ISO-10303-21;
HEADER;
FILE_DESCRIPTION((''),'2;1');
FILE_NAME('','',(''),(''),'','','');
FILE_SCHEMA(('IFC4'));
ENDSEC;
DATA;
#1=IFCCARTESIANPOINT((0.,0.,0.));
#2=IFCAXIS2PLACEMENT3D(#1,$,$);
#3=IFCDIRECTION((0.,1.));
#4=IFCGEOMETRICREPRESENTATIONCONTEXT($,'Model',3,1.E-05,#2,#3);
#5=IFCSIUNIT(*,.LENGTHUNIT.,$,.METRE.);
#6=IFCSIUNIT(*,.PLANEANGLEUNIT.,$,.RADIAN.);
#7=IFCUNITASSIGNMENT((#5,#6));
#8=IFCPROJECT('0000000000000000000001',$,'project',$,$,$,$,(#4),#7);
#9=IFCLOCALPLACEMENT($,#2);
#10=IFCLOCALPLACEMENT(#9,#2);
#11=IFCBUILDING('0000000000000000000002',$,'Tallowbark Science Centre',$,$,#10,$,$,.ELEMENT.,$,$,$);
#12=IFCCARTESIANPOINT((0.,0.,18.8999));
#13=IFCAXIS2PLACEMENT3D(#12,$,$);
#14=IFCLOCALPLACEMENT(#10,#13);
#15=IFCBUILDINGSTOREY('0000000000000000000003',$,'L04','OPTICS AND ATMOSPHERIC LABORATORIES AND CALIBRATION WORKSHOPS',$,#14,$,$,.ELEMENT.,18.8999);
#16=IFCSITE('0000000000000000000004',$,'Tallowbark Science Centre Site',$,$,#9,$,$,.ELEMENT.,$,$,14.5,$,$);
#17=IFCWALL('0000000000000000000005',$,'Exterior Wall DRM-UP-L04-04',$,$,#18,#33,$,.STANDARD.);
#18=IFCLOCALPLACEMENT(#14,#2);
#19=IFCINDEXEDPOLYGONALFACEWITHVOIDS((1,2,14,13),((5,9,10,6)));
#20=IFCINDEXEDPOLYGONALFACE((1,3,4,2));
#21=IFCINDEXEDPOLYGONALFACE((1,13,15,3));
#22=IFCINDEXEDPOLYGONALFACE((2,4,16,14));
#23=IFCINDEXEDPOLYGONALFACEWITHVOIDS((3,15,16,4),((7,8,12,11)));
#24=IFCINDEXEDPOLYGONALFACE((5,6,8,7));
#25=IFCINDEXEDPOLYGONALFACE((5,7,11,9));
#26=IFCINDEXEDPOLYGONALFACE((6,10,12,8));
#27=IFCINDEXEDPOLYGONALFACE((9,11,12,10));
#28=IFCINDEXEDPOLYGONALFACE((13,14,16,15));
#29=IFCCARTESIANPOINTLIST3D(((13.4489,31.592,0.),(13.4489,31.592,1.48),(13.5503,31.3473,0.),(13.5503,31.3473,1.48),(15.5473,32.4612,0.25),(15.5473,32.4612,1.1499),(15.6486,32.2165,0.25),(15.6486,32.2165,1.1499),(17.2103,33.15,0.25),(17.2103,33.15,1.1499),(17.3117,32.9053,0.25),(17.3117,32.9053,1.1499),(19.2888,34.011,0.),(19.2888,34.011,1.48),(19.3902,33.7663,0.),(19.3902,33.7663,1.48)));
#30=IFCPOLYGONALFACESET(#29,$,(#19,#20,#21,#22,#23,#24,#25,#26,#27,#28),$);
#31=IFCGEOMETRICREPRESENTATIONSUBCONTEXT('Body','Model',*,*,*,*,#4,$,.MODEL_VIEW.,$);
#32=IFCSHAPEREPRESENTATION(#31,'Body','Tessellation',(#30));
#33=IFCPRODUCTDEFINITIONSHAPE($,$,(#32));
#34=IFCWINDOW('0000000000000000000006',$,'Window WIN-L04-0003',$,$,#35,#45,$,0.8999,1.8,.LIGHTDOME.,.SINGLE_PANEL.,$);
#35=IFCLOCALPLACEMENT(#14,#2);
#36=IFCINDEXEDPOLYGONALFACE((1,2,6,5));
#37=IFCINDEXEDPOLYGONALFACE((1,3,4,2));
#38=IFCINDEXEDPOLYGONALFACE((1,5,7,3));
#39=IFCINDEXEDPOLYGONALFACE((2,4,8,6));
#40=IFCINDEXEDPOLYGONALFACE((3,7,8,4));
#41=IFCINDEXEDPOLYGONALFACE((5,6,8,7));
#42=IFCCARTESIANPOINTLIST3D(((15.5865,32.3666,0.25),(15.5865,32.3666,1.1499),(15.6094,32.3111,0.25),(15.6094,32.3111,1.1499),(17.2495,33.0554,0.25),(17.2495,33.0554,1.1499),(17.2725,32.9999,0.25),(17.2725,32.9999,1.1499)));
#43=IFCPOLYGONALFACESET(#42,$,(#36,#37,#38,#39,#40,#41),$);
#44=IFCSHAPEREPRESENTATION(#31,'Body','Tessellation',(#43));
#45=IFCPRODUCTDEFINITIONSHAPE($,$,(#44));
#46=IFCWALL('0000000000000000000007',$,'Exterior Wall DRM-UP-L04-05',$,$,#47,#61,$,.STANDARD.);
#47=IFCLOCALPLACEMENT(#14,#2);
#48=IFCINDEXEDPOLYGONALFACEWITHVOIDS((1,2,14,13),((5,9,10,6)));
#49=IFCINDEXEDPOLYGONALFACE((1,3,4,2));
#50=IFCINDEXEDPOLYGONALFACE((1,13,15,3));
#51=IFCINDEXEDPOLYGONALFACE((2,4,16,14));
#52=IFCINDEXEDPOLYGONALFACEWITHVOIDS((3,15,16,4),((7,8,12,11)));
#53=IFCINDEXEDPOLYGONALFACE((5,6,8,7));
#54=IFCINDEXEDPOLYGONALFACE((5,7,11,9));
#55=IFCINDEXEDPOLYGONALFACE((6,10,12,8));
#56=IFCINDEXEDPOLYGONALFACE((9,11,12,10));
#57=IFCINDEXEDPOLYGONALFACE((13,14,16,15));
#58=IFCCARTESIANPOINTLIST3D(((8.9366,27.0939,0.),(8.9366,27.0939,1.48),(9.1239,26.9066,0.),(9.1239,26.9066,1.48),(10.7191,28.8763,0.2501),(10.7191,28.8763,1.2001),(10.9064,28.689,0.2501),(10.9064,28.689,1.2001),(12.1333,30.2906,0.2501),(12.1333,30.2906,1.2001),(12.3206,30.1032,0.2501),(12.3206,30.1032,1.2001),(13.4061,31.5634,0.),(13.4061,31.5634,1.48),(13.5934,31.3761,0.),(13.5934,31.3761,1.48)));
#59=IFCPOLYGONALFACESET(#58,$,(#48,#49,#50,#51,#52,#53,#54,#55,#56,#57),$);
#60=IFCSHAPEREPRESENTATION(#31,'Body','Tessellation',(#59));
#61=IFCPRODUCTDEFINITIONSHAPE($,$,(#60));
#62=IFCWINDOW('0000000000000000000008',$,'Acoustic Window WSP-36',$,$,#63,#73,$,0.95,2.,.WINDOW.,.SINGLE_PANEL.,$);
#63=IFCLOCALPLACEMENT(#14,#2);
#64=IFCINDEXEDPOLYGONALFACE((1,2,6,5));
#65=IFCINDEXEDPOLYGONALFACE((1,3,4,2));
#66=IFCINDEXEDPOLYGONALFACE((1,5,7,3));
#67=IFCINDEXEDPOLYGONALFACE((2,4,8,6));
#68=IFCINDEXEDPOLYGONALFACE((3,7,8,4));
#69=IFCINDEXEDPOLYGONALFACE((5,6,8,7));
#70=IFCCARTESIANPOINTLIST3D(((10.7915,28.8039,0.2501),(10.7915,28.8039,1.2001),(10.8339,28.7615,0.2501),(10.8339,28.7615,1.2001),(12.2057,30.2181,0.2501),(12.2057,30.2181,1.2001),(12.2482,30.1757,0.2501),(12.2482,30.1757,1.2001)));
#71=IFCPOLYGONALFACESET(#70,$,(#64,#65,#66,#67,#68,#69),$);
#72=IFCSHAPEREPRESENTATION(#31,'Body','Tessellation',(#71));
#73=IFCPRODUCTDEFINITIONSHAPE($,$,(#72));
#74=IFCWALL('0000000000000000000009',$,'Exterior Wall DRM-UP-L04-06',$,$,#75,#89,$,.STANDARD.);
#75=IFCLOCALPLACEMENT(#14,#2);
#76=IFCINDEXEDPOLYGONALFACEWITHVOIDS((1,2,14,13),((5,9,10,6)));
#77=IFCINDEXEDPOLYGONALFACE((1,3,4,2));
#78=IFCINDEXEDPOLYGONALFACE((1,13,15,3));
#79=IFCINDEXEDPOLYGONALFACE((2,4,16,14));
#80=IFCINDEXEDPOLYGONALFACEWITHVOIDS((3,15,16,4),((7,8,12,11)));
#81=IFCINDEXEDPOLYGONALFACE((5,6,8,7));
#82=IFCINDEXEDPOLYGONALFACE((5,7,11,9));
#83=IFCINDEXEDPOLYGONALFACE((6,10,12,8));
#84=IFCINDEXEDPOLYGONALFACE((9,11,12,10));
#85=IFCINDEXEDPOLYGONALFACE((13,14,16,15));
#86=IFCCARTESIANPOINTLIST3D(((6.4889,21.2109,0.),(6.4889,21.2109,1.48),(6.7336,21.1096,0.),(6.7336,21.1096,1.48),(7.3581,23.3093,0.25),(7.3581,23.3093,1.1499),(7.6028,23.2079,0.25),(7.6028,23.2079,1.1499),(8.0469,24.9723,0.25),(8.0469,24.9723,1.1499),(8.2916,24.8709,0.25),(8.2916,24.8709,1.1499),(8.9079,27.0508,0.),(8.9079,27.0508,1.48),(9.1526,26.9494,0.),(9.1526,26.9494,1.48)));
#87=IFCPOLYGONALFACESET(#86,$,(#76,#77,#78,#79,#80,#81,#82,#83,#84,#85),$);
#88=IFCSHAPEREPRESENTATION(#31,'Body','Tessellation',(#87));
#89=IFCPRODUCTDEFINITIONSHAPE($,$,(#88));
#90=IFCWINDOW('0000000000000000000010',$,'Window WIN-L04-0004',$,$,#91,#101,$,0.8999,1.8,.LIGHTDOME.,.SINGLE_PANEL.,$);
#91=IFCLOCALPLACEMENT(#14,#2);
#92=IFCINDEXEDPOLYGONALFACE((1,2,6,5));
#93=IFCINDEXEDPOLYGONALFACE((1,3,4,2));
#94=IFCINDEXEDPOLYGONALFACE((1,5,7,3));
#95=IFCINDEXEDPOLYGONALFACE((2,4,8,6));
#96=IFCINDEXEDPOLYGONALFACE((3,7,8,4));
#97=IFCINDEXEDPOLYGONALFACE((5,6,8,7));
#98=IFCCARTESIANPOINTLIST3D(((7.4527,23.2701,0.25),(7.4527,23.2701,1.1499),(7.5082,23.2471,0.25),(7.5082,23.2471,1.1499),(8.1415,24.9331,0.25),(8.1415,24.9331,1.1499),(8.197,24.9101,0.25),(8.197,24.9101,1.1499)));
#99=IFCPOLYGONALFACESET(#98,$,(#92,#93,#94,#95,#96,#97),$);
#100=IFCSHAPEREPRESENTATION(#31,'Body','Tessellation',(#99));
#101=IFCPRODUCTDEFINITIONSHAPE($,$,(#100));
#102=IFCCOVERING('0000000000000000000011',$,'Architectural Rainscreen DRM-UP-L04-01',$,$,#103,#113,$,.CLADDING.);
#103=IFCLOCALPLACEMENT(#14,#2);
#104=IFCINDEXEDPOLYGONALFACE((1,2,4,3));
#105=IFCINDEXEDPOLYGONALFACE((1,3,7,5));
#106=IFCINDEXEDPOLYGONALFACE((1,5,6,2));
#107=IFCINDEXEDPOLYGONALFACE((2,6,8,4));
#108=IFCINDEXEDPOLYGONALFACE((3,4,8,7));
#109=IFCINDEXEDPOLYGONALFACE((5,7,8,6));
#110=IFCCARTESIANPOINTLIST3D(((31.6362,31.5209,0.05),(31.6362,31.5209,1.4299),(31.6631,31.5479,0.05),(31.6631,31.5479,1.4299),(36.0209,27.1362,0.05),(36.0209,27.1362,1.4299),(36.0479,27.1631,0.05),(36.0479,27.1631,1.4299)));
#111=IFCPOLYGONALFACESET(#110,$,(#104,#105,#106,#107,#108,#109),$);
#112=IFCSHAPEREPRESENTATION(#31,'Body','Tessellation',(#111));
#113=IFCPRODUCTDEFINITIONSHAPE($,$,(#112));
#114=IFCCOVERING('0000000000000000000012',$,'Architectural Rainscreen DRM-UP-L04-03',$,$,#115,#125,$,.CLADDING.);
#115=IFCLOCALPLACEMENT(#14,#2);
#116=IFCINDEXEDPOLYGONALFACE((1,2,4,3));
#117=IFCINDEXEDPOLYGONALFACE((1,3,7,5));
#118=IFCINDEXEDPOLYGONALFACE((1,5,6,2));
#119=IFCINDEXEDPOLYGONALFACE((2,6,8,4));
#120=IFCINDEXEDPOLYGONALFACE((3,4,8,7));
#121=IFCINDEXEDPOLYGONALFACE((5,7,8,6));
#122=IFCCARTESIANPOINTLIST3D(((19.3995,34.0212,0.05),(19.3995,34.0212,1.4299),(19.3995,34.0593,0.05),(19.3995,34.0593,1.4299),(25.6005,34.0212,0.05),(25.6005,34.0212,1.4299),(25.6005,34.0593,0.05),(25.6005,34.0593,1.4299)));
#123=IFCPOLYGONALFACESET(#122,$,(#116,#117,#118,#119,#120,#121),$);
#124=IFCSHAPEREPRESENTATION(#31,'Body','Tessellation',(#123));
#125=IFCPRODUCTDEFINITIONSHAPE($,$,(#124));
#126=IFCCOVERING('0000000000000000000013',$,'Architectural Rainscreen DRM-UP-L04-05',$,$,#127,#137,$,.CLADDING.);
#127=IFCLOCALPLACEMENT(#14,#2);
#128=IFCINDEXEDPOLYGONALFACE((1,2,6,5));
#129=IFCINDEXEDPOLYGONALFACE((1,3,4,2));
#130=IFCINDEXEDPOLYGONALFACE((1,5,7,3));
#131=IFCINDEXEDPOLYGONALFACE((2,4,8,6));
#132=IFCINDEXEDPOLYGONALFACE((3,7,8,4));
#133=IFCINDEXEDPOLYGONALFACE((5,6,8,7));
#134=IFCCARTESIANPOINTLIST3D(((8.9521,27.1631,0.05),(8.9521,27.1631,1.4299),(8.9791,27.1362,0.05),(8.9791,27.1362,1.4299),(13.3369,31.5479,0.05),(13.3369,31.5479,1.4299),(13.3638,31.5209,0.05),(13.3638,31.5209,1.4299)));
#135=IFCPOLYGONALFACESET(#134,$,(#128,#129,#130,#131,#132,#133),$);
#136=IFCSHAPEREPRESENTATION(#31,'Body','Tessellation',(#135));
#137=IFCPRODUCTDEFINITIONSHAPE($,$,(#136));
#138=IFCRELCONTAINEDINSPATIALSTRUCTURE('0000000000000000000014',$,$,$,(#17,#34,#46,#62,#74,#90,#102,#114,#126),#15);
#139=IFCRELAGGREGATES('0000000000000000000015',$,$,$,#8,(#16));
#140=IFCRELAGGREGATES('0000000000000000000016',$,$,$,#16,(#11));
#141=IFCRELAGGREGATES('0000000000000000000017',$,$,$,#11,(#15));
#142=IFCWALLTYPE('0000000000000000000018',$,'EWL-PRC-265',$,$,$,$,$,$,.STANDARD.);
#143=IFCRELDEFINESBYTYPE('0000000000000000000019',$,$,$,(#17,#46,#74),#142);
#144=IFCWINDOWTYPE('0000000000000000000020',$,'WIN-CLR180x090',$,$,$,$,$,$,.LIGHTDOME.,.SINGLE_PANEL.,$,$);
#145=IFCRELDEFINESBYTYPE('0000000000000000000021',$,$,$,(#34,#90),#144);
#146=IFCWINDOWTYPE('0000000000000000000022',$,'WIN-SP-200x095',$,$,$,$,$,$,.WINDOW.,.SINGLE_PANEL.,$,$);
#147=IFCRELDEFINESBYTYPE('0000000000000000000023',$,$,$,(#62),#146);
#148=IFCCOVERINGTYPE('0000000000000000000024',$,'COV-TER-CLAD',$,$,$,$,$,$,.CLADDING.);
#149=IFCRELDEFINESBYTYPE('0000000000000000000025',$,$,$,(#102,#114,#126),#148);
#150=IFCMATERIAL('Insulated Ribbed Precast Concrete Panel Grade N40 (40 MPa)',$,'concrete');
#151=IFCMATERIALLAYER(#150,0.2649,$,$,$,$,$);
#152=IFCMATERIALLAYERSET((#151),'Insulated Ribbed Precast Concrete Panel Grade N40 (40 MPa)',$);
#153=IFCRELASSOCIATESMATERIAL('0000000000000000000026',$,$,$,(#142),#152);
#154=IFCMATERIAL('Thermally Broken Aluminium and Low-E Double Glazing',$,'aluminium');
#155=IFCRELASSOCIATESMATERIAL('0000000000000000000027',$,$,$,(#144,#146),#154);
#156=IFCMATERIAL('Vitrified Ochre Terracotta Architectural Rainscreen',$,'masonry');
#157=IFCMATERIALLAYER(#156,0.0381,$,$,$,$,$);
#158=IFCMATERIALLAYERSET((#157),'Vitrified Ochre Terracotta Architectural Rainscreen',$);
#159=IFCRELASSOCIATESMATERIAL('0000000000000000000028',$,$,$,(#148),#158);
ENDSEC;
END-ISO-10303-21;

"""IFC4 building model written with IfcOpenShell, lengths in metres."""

from ifc_helpers import new_model, si_unit, direction, frame, frame_2d, origin, origin_2d, place, context, subcontext, project, spatial, rectangle, extrude, material, layer, layer_set, type_object, element, fill, save


model = new_model("IFC4")

# Units and contexts
model_context = context("Model", 3, precision=1e-05, world=origin(), true_north=direction((0.0, 1.0)))
body_context = subcontext(model_context, "Body", "Model", "MODEL_VIEW")
ifc_project = project(units=[si_unit("LENGTHUNIT", "METRE"), si_unit("PLANEANGLEUNIT", "RADIAN")], contexts=[model_context])

# Site, building, storey
site_placement = place(None, origin())
site = spatial("IfcSite", under=ifc_project, at=site_placement, Name="Tallowbark Science Centre Site", CompositionType="ELEMENT", RefElevation=14.5)
building_placement = place(site_placement, origin())
building = spatial("IfcBuilding", under=site, at=building_placement, Name="Tallowbark Science Centre", CompositionType="ELEMENT")
storey_placement = place(building_placement, frame((0.0, 0.0, 18.8999)))
storey = spatial("IfcBuildingStorey", under=building, at=storey_placement, Name="L04", Description="OPTICS AND ATMOSPHERIC LABORATORIES AND CALIBRATION WORKSHOPS", CompositionType="ELEMENT", Elevation=18.8999)

# Walls, openings, windows
ifc_material_1 = material(Name="Insulated Ribbed Precast Concrete Panel Grade N40 (40 MPa)", Category="concrete")
ifc_layer_1 = layer(ifc_material_1, 0.2649)
ifc_layer_set_1 = layer_set([ifc_layer_1], Name="Insulated Ribbed Precast Concrete Panel Grade N40 (40 MPa)")
wall_type = type_object("IfcWallType", Name="EWL-PRC-265", PredefinedType="STANDARD", material=ifc_layer_set_1)
ifc_material_2 = material(Name="Thermally Broken Aluminium and Low-E Double Glazing", Category="aluminium")
window_type_1 = type_object("IfcWindowType", Name="WIN-CLR180x090", PartitioningType="SINGLE_PANEL", PredefinedType="LIGHTDOME", material=ifc_material_2)
wall_1_placement = place(storey_placement, frame((19.3396, 33.8887, 0.0), z_axis=(0.0, 0.0, 1.0), x_axis=(-0.923879, -0.382684, 0.0)))
wall_1 = element("IfcWall", 1, at=wall_1_placement, inside=storey, type_object=wall_type, Name="Exterior Wall DRM-UP-L04-04", PredefinedType="STANDARD", context=body_context, shape_type="SweptSolid", body=[
    extrude(rectangle(XDim=6.321, YDim=0.2649, at=frame_2d((3.1606, 0.0))), origin(), (0.0, 0.0, 1.0), 1.48),
])
opening_1_placement = place(wall_1_placement, frame((2.25, 0.0, 0.25)))
opening_1 = element("IfcOpeningElement", 2, at=opening_1_placement, cuts=wall_1, PredefinedType="OPENING", context=body_context, shape_type="SweptSolid", body=[
    extrude(rectangle(XDim=1.8, YDim=0.8999, at=frame_2d((0.8999, 0.45))), frame((0.0, 0.1426, 0.0), z_axis=(0.0, -1.0, 0.0), x_axis=(1.0, 0.0, 0.0)), (0.0, 0.0, 1.0), 0.2849),
])
window_1_placement = place(opening_1_placement, origin())
window_1 = element("IfcWindow", 3, at=window_1_placement, inside=storey, type_object=window_type_1, Name="Window WIN-L04-0003", OverallHeight=0.8999, OverallWidth=1.8, PartitioningType="SINGLE_PANEL", PredefinedType="LIGHTDOME", context=body_context, shape_type="SweptSolid", body=[
    extrude(rectangle(XDim=1.8, YDim=0.8999, at=frame_2d((0.8999, 0.45))), frame((0.0, 0.03, 0.0), z_axis=(0.0, -1.0, 0.0), x_axis=(1.0, 0.0, 0.0)), (0.0, 0.0, 1.0), 0.0601),
])
fill(opening_1, window_1)
wall_2_placement = place(storey_placement, frame((13.4998, 31.4697, 0.0), z_axis=(0.0, 0.0, 1.0), x_axis=(-0.707107, -0.707107, 0.0)))
wall_2 = element("IfcWall", 4, at=wall_2_placement, inside=storey, type_object=wall_type, Name="Exterior Wall DRM-UP-L04-05", PredefinedType="STANDARD", context=body_context, shape_type="SweptSolid", body=[
    extrude(rectangle(XDim=6.3208, YDim=0.2649, at=frame_2d((3.1604, 0.0))), origin(), (0.0, 0.0, 1.0), 1.48),
])
opening_2_placement = place(wall_2_placement, frame((1.8, 0.0, 0.25)))
opening_2 = element("IfcOpeningElement", 5, at=opening_2_placement, cuts=wall_2, PredefinedType="OPENING", context=body_context, shape_type="SweptSolid", body=[
    extrude(rectangle(XDim=2.0, YDim=0.95, at=frame_2d((1.0, 0.4751))), frame((0.0, 0.1426, 0.0), z_axis=(0.0, -1.0, 0.0), x_axis=(1.0, 0.0, 0.0)), (0.0, 0.0, 1.0), 0.2849),
])
window_type_2 = type_object("IfcWindowType", Name="WIN-SP-200x095", PartitioningType="SINGLE_PANEL", PredefinedType="WINDOW", material=ifc_material_2)
window_2_placement = place(opening_2_placement, origin())
window_2 = element("IfcWindow", 6, at=window_2_placement, inside=storey, type_object=window_type_2, Name="Acoustic Window WSP-36", OverallHeight=0.95, OverallWidth=2.0, PartitioningType="SINGLE_PANEL", PredefinedType="WINDOW", context=body_context, shape_type="SweptSolid", body=[
    extrude(rectangle(XDim=2.0, YDim=0.95, at=frame_2d((1.0, 0.4751))), frame((0.0, 0.03, 0.0), z_axis=(0.0, -1.0, 0.0), x_axis=(1.0, 0.0, 0.0)), (0.0, 0.0, 1.0), 0.0601),
])
fill(opening_2, window_2)
wall_3_placement = place(storey_placement, frame((9.0303, 27.0002, 0.0), z_axis=(0.0, 0.0, 1.0), x_axis=(-0.382684, -0.923879, 0.0)))
wall_3 = element("IfcWall", 7, at=wall_3_placement, inside=storey, type_object=wall_type, Name="Exterior Wall DRM-UP-L04-06", PredefinedType="STANDARD", context=body_context, shape_type="SweptSolid", body=[
    extrude(rectangle(XDim=6.321, YDim=0.2649, at=frame_2d((3.1606, 0.0))), origin(), (0.0, 0.0, 1.0), 1.48),
])
opening_3_placement = place(wall_3_placement, frame((2.25, 0.0, 0.25)))
opening_3 = element("IfcOpeningElement", 8, at=opening_3_placement, cuts=wall_3, PredefinedType="OPENING", context=body_context, shape_type="SweptSolid", body=[
    extrude(rectangle(XDim=1.8, YDim=0.8999, at=frame_2d((0.8999, 0.45))), frame((0.0, 0.1426, 0.0), z_axis=(0.0, -1.0, 0.0), x_axis=(1.0, 0.0, 0.0)), (0.0, 0.0, 1.0), 0.2849),
])
window_3_placement = place(opening_3_placement, origin())
window_3 = element("IfcWindow", 9, at=window_3_placement, inside=storey, type_object=window_type_1, Name="Window WIN-L04-0004", OverallHeight=0.8999, OverallWidth=1.8, PartitioningType="SINGLE_PANEL", PredefinedType="LIGHTDOME", context=body_context, shape_type="SweptSolid", body=[
    extrude(rectangle(XDim=1.8, YDim=0.8999, at=frame_2d((0.8999, 0.45))), frame((0.0, 0.03, 0.0), z_axis=(0.0, -1.0, 0.0), x_axis=(1.0, 0.0, 0.0)), (0.0, 0.0, 1.0), 0.0601),
])
fill(opening_3, window_3)

# Coverings
ifc_material_3 = material(Name="Vitrified Ochre Terracotta Architectural Rainscreen", Category="masonry")
ifc_layer_2 = layer(ifc_material_3, 0.0381)
ifc_layer_set_2 = layer_set([ifc_layer_2], Name="Vitrified Ochre Terracotta Architectural Rainscreen")
covering_type = type_object("IfcCoveringType", Name="COV-TER-CLAD", PredefinedType="CLADDING", material=ifc_layer_set_2)
for number, where, z_axis, x_axis, name in (
    (10, (33.842, 29.342, 0.05), (0.0, 0.0, 1.0), (-0.707107, 0.707107, 0.0), "Architectural Rainscreen DRM-UP-L04-01"),
    (11, (22.5, 34.0403, 0.05), (0.0, 0.0, 1.0), (-1.0, 0.0, 0.0), "Architectural Rainscreen DRM-UP-L04-03"),
    (12, (11.158, 29.342, 0.05), (0.0, 0.0, 1.0), (-0.707107, -0.707107, 0.0), "Architectural Rainscreen DRM-UP-L04-05"),
):
    element("IfcCovering", number, at=place(storey_placement, frame(where, z_axis=z_axis, x_axis=x_axis)), inside=storey, type_object=covering_type, Name=name, PredefinedType="CLADDING", context=body_context, shape_type="SweptSolid", body=[
        extrude(rectangle(XDim=6.2009, YDim=0.0381, at=origin_2d()), origin(), (0.0, 0.0, 1.0), 1.3799),
    ])

save(model, "model.ifc")
